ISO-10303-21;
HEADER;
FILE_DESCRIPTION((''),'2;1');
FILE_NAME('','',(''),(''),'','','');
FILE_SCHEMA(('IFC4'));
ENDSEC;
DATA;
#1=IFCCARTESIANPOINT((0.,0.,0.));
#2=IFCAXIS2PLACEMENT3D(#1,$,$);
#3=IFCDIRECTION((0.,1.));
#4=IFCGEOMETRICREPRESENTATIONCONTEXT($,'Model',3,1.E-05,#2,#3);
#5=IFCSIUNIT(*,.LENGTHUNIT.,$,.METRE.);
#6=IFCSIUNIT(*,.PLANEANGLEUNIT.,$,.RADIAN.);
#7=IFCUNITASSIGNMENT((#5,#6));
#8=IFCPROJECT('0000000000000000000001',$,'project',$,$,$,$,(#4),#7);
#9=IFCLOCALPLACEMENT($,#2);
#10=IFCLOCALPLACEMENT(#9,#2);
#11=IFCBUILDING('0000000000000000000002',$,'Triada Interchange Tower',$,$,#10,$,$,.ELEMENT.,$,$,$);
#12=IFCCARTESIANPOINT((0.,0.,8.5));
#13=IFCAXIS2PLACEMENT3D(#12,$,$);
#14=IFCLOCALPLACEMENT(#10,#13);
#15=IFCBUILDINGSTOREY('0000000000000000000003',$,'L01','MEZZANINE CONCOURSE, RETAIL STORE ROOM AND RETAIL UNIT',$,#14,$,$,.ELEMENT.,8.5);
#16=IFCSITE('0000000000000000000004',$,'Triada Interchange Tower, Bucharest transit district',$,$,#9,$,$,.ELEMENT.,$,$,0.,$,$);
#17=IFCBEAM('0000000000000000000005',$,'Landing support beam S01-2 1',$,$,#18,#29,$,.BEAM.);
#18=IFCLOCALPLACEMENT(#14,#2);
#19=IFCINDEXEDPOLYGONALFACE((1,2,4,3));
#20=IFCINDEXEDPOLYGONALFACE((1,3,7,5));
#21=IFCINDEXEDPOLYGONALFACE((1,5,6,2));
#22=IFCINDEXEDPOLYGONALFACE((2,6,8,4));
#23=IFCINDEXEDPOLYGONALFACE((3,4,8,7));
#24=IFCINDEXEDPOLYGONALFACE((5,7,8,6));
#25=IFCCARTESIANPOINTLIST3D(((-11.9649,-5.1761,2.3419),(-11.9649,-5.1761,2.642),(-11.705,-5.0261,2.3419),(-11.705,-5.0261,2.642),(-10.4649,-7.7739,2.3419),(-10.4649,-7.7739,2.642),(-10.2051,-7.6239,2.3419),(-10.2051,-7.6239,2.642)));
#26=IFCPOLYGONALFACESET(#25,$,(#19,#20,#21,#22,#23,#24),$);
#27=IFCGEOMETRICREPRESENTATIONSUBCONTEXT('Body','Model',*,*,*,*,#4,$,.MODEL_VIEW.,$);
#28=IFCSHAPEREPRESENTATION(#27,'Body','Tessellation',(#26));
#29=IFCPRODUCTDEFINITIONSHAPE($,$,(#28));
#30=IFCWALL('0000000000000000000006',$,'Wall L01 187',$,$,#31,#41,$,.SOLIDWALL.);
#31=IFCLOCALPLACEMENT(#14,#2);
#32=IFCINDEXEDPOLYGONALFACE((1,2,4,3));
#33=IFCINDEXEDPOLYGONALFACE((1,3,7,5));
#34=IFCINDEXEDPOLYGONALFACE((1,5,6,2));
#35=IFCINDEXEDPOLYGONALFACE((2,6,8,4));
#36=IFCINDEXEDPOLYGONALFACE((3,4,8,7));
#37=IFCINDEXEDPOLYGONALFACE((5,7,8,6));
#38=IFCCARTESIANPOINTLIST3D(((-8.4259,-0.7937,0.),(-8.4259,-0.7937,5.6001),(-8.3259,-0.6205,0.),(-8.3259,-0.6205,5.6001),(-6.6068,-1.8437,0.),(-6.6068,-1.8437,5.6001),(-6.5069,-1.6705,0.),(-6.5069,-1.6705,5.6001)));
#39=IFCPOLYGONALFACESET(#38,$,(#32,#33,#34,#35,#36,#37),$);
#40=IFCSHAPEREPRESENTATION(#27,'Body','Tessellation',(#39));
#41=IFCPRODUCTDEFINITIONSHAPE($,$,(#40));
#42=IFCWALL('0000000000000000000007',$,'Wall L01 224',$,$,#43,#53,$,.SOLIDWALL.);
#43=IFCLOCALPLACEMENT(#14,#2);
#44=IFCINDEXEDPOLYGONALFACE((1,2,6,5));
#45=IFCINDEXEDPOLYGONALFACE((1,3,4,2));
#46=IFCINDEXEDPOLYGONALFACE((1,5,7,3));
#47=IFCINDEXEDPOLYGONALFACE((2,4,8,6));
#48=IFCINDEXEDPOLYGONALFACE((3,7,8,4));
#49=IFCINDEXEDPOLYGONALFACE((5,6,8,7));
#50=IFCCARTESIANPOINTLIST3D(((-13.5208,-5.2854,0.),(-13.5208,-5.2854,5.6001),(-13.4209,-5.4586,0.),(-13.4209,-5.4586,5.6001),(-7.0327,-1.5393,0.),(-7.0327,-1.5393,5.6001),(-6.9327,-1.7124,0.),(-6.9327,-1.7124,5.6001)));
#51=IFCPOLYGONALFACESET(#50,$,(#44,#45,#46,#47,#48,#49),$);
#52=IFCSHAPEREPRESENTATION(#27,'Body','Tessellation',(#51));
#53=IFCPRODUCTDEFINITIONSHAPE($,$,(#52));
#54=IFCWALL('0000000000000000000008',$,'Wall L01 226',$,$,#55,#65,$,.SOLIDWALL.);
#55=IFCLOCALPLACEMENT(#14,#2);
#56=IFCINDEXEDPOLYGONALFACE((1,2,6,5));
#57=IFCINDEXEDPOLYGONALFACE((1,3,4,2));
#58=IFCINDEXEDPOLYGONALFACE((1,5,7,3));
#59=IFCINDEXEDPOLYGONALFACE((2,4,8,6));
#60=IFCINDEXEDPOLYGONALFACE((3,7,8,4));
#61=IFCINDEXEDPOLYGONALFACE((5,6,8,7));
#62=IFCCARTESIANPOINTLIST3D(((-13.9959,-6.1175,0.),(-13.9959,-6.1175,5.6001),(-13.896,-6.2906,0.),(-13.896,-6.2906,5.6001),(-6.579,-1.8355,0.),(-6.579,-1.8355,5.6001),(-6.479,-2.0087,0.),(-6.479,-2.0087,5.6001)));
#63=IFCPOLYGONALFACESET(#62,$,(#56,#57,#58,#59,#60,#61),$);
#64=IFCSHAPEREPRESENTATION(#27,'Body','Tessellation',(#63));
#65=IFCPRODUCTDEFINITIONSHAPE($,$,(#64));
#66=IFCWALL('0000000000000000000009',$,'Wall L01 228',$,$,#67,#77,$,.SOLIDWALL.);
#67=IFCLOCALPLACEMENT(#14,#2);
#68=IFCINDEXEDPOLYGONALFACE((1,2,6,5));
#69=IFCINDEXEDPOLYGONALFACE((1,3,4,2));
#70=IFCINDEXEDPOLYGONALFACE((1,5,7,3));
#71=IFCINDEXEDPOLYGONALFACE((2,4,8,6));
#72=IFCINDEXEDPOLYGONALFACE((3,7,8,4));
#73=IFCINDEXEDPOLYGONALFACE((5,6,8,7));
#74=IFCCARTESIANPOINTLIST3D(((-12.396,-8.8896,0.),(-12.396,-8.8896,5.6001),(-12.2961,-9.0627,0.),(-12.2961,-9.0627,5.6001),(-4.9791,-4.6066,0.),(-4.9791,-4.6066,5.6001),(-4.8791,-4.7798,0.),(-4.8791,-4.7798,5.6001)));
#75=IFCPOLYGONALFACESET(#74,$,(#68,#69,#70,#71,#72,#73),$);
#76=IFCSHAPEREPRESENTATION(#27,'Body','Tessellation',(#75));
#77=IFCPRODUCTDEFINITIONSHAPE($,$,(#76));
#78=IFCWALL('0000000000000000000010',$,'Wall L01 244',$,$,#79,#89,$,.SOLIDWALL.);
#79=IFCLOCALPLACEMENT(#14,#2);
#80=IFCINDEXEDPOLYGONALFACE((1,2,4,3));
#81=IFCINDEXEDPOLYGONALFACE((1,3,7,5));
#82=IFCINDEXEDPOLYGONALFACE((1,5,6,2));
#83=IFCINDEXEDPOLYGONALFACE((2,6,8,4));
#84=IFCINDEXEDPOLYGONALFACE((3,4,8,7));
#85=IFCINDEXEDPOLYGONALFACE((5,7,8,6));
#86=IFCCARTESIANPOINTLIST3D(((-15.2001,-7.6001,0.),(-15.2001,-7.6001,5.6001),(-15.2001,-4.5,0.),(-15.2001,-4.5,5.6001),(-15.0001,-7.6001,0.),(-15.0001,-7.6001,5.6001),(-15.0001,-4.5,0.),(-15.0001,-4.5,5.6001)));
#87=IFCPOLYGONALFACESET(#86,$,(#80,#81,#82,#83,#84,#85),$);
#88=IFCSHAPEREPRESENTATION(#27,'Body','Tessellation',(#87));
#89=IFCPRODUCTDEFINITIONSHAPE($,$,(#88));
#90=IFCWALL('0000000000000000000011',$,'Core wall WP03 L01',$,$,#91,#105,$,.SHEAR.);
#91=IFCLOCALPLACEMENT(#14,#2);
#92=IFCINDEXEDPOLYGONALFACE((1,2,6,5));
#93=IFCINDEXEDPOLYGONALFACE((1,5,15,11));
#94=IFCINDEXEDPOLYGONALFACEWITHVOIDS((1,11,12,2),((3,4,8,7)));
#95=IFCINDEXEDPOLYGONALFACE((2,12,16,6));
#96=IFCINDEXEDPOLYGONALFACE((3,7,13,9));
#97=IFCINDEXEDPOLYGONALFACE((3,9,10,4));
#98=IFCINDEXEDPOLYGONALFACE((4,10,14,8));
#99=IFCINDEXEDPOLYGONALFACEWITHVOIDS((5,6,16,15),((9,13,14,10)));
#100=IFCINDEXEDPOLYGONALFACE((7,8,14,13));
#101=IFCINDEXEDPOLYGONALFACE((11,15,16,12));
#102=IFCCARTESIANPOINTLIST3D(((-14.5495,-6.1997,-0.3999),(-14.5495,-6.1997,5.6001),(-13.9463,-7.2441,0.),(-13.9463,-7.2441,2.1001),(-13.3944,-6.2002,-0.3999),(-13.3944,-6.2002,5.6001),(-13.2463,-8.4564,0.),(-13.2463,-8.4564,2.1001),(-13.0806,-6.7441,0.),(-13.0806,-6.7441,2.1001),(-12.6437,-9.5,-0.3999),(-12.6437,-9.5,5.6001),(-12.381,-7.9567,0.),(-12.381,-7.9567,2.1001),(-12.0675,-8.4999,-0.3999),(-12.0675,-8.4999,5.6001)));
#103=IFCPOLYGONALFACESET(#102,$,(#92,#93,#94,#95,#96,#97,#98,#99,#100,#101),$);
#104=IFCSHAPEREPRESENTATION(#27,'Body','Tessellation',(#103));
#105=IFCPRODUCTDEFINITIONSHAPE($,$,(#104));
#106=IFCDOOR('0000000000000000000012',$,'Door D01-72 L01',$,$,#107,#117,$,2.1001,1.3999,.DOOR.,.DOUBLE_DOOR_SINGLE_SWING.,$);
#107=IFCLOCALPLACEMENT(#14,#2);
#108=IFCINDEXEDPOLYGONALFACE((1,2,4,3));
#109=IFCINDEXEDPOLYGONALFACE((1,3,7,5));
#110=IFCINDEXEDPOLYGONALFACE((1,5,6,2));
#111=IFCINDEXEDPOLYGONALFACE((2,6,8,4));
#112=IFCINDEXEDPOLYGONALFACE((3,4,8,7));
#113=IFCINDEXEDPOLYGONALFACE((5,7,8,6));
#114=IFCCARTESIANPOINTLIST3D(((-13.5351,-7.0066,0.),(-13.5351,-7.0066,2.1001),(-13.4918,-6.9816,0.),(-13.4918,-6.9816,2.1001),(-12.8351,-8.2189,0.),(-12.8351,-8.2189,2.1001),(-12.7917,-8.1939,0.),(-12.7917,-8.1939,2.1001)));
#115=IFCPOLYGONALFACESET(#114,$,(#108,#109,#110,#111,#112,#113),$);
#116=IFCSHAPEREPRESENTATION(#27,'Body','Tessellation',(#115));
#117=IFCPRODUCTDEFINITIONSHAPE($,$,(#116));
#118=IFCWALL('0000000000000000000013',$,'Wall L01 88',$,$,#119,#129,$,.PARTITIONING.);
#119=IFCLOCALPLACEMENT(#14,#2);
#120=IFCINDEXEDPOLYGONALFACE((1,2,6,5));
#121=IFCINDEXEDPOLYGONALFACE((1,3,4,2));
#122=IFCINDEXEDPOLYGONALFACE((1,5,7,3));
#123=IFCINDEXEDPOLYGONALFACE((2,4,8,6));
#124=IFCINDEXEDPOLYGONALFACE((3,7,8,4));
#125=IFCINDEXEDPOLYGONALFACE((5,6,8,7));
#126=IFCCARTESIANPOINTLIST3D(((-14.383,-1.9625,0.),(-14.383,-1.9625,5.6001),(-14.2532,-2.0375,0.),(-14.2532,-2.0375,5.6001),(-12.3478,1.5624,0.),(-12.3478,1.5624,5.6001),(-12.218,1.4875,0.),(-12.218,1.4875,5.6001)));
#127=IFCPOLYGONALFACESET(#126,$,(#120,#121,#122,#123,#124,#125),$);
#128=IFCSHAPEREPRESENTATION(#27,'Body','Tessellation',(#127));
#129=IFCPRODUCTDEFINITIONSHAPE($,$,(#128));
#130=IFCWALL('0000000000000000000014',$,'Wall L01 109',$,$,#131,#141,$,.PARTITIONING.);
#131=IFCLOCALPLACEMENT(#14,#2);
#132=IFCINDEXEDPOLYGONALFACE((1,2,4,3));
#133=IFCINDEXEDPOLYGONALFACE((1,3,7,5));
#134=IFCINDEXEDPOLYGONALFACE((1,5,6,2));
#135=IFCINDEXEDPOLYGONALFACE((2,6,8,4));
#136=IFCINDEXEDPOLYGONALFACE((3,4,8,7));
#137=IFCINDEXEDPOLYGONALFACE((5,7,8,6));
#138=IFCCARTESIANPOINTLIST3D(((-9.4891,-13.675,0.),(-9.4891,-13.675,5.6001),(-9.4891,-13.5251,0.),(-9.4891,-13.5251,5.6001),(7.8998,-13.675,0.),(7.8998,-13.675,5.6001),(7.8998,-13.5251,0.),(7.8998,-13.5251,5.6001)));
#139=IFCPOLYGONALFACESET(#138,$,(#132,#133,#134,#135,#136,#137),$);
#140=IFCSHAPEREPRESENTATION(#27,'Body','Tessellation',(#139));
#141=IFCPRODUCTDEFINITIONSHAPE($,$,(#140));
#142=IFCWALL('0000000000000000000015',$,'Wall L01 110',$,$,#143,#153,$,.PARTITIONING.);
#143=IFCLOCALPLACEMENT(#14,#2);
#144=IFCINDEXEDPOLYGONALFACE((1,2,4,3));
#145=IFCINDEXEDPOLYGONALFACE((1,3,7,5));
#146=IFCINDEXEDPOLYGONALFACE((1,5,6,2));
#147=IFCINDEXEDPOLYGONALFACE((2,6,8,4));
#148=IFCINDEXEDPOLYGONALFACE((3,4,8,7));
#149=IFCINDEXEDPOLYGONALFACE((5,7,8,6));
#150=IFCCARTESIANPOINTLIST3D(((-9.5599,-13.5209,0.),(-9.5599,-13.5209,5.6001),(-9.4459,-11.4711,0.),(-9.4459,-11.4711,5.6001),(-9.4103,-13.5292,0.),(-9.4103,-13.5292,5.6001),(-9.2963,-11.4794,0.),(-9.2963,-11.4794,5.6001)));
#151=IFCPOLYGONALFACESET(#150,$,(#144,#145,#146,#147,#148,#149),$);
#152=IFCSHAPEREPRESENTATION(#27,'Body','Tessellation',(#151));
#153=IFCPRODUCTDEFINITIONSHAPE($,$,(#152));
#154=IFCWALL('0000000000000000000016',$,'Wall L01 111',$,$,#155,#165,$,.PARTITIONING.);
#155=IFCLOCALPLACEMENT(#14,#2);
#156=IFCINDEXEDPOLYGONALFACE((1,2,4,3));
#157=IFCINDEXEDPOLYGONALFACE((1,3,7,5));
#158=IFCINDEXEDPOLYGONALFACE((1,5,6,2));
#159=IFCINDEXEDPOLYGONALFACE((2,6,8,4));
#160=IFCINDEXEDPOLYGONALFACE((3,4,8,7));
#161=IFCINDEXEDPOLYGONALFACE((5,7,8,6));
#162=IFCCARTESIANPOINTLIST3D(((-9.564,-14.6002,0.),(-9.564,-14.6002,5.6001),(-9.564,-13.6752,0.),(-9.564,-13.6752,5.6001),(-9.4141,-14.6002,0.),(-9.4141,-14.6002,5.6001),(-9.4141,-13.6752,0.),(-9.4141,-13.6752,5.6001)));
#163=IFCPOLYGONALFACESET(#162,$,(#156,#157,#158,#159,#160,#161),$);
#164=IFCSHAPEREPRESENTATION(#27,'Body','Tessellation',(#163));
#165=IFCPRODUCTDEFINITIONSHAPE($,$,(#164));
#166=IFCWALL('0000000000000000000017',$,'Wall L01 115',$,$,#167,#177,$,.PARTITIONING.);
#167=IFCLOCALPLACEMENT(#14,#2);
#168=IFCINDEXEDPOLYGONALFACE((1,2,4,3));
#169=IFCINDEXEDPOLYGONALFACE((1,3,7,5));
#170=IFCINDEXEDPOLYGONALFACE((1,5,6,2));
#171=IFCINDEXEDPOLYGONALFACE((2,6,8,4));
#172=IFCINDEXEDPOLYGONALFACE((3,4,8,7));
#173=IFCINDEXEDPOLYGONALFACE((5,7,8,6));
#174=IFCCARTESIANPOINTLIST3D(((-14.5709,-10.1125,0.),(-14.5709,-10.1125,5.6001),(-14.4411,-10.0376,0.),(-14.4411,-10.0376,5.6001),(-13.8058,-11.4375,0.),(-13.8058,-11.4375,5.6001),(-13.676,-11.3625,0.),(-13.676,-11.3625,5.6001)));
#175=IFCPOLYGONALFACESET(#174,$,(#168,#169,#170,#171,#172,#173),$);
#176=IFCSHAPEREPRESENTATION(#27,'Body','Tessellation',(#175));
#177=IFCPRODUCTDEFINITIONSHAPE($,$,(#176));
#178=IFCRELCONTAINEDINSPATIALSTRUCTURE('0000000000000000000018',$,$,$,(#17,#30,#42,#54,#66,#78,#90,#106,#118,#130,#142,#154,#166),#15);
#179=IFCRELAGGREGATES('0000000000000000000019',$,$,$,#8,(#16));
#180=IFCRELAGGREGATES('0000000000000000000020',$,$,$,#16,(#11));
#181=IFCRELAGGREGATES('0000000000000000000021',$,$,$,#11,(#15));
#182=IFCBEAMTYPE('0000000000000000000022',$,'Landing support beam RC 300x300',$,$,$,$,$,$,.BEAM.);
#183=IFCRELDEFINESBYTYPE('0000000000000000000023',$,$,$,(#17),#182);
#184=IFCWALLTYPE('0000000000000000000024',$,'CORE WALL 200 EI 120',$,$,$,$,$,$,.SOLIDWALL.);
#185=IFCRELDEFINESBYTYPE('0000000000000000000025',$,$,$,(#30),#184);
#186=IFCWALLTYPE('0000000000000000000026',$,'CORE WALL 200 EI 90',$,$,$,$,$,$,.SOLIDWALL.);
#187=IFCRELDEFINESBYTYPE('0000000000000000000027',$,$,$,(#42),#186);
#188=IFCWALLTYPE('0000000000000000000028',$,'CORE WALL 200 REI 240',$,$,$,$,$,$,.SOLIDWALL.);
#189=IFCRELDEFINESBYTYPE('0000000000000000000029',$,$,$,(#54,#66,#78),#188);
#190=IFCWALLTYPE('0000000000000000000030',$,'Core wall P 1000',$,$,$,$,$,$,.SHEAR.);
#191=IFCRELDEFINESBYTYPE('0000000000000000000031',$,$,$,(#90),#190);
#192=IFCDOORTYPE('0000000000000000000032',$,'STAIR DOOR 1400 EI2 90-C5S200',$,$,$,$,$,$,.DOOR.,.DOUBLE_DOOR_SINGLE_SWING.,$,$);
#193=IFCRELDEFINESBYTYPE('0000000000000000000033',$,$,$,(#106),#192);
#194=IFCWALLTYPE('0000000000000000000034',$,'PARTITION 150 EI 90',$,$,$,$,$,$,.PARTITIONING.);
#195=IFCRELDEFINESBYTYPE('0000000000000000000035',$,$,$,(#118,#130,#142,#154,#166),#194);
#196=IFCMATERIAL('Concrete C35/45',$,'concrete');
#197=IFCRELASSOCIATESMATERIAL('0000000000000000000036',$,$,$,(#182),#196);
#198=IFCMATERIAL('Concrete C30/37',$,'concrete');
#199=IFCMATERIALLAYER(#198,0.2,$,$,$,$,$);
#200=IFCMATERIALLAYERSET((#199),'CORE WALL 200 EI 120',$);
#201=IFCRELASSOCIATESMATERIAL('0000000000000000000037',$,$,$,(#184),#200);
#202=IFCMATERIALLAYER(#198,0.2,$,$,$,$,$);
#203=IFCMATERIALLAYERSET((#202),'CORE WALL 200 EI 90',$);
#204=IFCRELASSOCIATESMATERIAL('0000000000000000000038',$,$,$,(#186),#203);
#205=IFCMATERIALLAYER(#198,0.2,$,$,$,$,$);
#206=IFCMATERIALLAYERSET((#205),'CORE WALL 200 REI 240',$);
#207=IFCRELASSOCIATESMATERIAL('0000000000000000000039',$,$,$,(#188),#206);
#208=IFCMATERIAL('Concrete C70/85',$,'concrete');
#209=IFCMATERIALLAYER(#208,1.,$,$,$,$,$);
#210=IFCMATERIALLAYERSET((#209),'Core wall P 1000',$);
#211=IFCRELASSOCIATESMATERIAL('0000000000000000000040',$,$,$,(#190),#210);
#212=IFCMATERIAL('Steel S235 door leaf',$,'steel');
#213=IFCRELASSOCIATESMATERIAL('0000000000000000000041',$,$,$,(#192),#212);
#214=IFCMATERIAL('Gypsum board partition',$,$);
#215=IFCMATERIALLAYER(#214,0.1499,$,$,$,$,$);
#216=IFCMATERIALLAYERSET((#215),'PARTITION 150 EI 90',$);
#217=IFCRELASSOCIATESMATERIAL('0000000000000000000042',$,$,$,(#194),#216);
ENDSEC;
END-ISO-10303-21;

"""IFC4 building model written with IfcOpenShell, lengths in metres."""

from ifc_helpers import new_model, si_unit, direction, frame, frame_2d, origin, origin_2d, place, context, subcontext, project, spatial, polyline, rectangle, outline, extrude, material, layer, layer_set, material_profile, profile_set, type_object, element, fill, save


model = new_model("IFC4")

# Units and contexts
model_context = context("Model", 3, precision=1e-05, world=origin(), true_north=direction((0.0, 1.0)))
body_context = subcontext(model_context, "Body", "Model", "MODEL_VIEW")
ifc_project = project(units=[si_unit("LENGTHUNIT", "METRE"), si_unit("PLANEANGLEUNIT", "RADIAN")], contexts=[model_context])

# Site, building, storey
site_placement = place(None, origin())
site = spatial("IfcSite", under=ifc_project, at=site_placement, Name="Triada Interchange Tower, Bucharest transit district", CompositionType="ELEMENT", RefElevation=0.0)
building_placement = place(site_placement, origin())
building = spatial("IfcBuilding", under=site, at=building_placement, Name="Triada Interchange Tower", CompositionType="ELEMENT")
storey_placement = place(building_placement, frame((0.0, 0.0, 8.5)))
storey = spatial("IfcBuildingStorey", under=building, at=storey_placement, Name="L01", Description="MEZZANINE CONCOURSE, RETAIL STORE ROOM AND RETAIL UNIT", CompositionType="ELEMENT", Elevation=8.5)

# Beam
ifc_material_1 = material(Name="Concrete C35/45", Category="concrete")
ifc_material_profile_1 = material_profile(ifc_material_1, rectangle(XDim=0.3, YDim=0.3, at=origin_2d()), Name="RC 300x300")
ifc_profile_set_1 = profile_set([ifc_material_profile_1], Name="Concrete C35/45")
beam_type_1 = type_object("IfcBeamType", Name="Landing support beam RC 300x300", PredefinedType="BEAM", material=ifc_profile_set_1)
beam_1_placement = place(storey_placement, frame((-11.835, -5.1011, 2.4919), z_axis=(0.500025, -0.866011, 0.0), x_axis=(0.866011, 0.500025, 0.0)))
element("IfcBeam", 1, at=beam_1_placement, inside=storey, type_object=beam_type_1, Name="Landing support beam S01-2 1", PredefinedType="BEAM", context=body_context, shape_type="SweptSolid", body=[
    extrude(rectangle(XDim=0.3, YDim=0.3, at=origin_2d()), origin(), (0.0, 0.0, 1.0), 2.9998),
])

# Walls
ifc_material_2 = material(Name="Concrete C30/37", Category="concrete")
ifc_layer_1 = layer(ifc_material_2, 0.2)
ifc_layer_set_1 = layer_set([ifc_layer_1], Name="CORE WALL 200 EI 120")
wall_type_1 = type_object("IfcWallType", Name="CORE WALL 200 EI 120", PredefinedType="SOLIDWALL", material=ifc_layer_set_1)
wall_1_placement = place(storey_placement, frame((-8.376, -0.707, 0.0), z_axis=(0.0, 0.0, 1.0), x_axis=(0.866068, -0.499927, 0.0)))
element("IfcWall", 2, at=wall_1_placement, inside=storey, type_object=wall_type_1, Name="Wall L01 187", PredefinedType="SOLIDWALL", context=body_context, shape_type="SweptSolid", body=[
    extrude(rectangle(XDim=2.1003, YDim=0.2, at=frame_2d((1.0503, 0.0))), origin(), (0.0, 0.0, 1.0), 5.6001),
])
ifc_layer_2 = layer(ifc_material_2, 0.2)
ifc_layer_set_2 = layer_set([ifc_layer_2], Name="CORE WALL 200 EI 90")
wall_type_2 = type_object("IfcWallType", Name="CORE WALL 200 EI 90", PredefinedType="SOLIDWALL", material=ifc_layer_set_2)
wall_2_placement = place(storey_placement, frame((-13.4709, -5.3721, 0.0), z_axis=(0.0, 0.0, 1.0), x_axis=(0.866012, 0.500022, 0.0)))
element("IfcWall", 3, at=wall_2_placement, inside=storey, type_object=wall_type_2, Name="Wall L01 224", PredefinedType="SOLIDWALL", context=body_context, shape_type="SweptSolid", body=[
    extrude(rectangle(XDim=7.4919, YDim=0.2, at=frame_2d((3.7461, 0.0))), origin(), (0.0, 0.0, 1.0), 5.6001),
])
ifc_layer_3 = layer(ifc_material_2, 0.2)
ifc_layer_set_3 = layer_set([ifc_layer_3], Name="CORE WALL 200 REI 240")
wall_type_3 = type_object("IfcWallType", Name="CORE WALL 200 REI 240", PredefinedType="SOLIDWALL", material=ifc_layer_set_3)
wall_3_placement = place(storey_placement, frame((-13.946, -6.2041, 0.0), z_axis=(0.0, 0.0, 1.0), x_axis=(0.866037, 0.499981, 0.0)))
element("IfcWall", 4, at=wall_3_placement, inside=storey, type_object=wall_type_3, Name="Wall L01 226", PredefinedType="SOLIDWALL", context=body_context, shape_type="SweptSolid", body=[
    extrude(rectangle(XDim=8.5642, YDim=0.2, at=frame_2d((4.2822, 0.0))), origin(), (0.0, 0.0, 1.0), 5.6001),
])
wall_4_placement = place(storey_placement, frame((-12.3459, -8.9761, 0.0), z_axis=(0.0, 0.0, 1.0), x_axis=(0.865987, 0.500066, 0.0)))
element("IfcWall", 5, at=wall_4_placement, inside=storey, type_object=wall_type_3, Name="Wall L01 228", PredefinedType="SOLIDWALL", context=body_context, shape_type="SweptSolid", body=[
    extrude(rectangle(XDim=8.5647, YDim=0.2, at=frame_2d((4.2822, 0.0))), origin(), (0.0, 0.0, 1.0), 5.6001),
])
wall_5_placement = place(storey_placement, frame((-15.1001, -7.6001, 0.0), z_axis=(0.0, 0.0, 1.0), x_axis=(0.0, 1.0, 0.0)))
element("IfcWall", 6, at=wall_5_placement, inside=storey, type_object=wall_type_3, Name="Wall L01 244", PredefinedType="SOLIDWALL", context=body_context, shape_type="SweptSolid", body=[
    extrude(rectangle(XDim=3.1001, YDim=0.2, at=frame_2d((1.55, 0.0))), origin(), (0.0, 0.0, 1.0), 5.6001),
])

# Wall, opening, door
ifc_material_3 = material(Name="Concrete C70/85", Category="concrete")
ifc_layer_4 = layer(ifc_material_3, 1.0)
ifc_layer_set_4 = layer_set([ifc_layer_4], Name="Core wall P 1000")
wall_type_4 = type_object("IfcWallType", Name="Core wall P 1000", PredefinedType="SHEAR", material=ifc_layer_set_4)
wall_6_placement = place(storey_placement, frame((-13.9719, -6.2, -0.3999), z_axis=(0.0, 0.0, 1.0), x_axis=(0.500078, -0.865981, 0.0)))
wall_6 = element("IfcWall", 7, at=wall_6_placement, inside=storey, type_object=wall_type_4, Name="Core wall WP03 L01", PredefinedType="SHEAR", context=body_context, shape_type="SweptSolid", body=[
    extrude(outline(polyline([(-0.2891, -0.5), (1.6165, -0.5), (3.522, -0.5), (2.9441, 0.499), (1.6167, 0.4995), (0.2891, 0.5), (-0.2891, -0.5)])), origin(), (0.0, 0.0, 1.0), 6.0),
])
opening_1_placement = place(wall_6_placement, frame((0.917, 0.0, 0.3999)))
opening_1 = element("IfcOpeningElement", 8, at=opening_1_placement, cuts=wall_6, PredefinedType="OPENING", context=body_context, shape_type="SweptSolid", body=[
    extrude(rectangle(XDim=1.3999, YDim=2.1001, at=frame_2d((0.7, 1.05))), frame((0.0, 0.51, 0.0), z_axis=(0.0, -1.0, 0.0), x_axis=(1.0, 0.0, 0.0)), (0.0, 0.0, 1.0), 1.02),
])
ifc_material_4 = material(Name="Steel S235 door leaf", Category="steel")
door_type_1 = type_object("IfcDoorType", Name="STAIR DOOR 1400 EI2 90-C5S200", OperationType="DOUBLE_DOOR_SINGLE_SWING", PredefinedType="DOOR", material=ifc_material_4)
door_1_placement = place(opening_1_placement, origin())
door_1 = element("IfcDoor", 9, at=door_1_placement, inside=storey, type_object=door_type_1, Name="Door D01-72 L01", OperationType="DOUBLE_DOOR_SINGLE_SWING", OverallHeight=2.1001, OverallWidth=1.3999, PredefinedType="DOOR", context=body_context, shape_type="SweptSolid", body=[
    extrude(rectangle(XDim=1.3999, YDim=2.1001, at=frame_2d((0.7, 1.05))), frame((0.0, 0.0249, 0.0), z_axis=(0.0, -1.0, 0.0), x_axis=(1.0, 0.0, 0.0)), (0.0, 0.0, 1.0), 0.05),
])
fill(opening_1, door_1)

# Walls
ifc_material_5 = material(Name="Gypsum board partition")
ifc_layer_5 = layer(ifc_material_5, 0.1499)
ifc_layer_set_5 = layer_set([ifc_layer_5], Name="PARTITION 150 EI 90")
wall_type_5 = type_object("IfcWallType", Name="PARTITION 150 EI 90", PredefinedType="PARTITIONING", material=ifc_layer_set_5)
wall_7_placement = place(storey_placement, frame((-14.3181, -2.0, 0.0), z_axis=(0.0, 0.0, 1.0), x_axis=(0.50001, 0.86602, 0.0)))
element("IfcWall", 10, at=wall_7_placement, inside=storey, type_object=wall_type_5, Name="Wall L01 88", PredefinedType="PARTITIONING", context=body_context, shape_type="SweptSolid", body=[
    extrude(rectangle(XDim=4.0703, YDim=0.1499, at=frame_2d((2.0352, 0.0))), origin(), (0.0, 0.0, 1.0), 5.6001),
])
wall_8_placement = place(storey_placement, frame((-9.489, -13.6001, 0.0), z_axis=(0.0, 0.0, 1.0), x_axis=(1.0, 0.0, 0.0)))
element("IfcWall", 11, at=wall_8_placement, inside=storey, type_object=wall_type_5, Name="Wall L01 109", PredefinedType="PARTITIONING", context=body_context, shape_type="SweptSolid", body=[
    extrude(rectangle(XDim=17.3889, YDim=0.1499, at=frame_2d((8.6943, 0.0))), origin(), (0.0, 0.0, 1.0), 5.6001),
])
wall_9_placement = place(storey_placement, frame((-9.4851, -13.5249, 0.0), z_axis=(0.0, 0.0, 1.0), x_axis=(0.055536, 0.998457, 0.0)))
element("IfcWall", 12, at=wall_9_placement, inside=storey, type_object=wall_type_5, Name="Wall L01 110", PredefinedType="PARTITIONING", context=body_context, shape_type="SweptSolid", body=[
    extrude(rectangle(XDim=2.053, YDim=0.1499, at=frame_2d((1.0264, 0.0))), origin(), (0.0, 0.0, 1.0), 5.6001),
])
wall_10_placement = place(storey_placement, frame((-9.489, -14.6001, 0.0), z_axis=(0.0, 0.0, 1.0), x_axis=(0.0, 1.0, 0.0)))
element("IfcWall", 13, at=wall_10_placement, inside=storey, type_object=wall_type_5, Name="Wall L01 111", PredefinedType="PARTITIONING", context=body_context, shape_type="SweptSolid", body=[
    extrude(rectangle(XDim=0.925, YDim=0.1499, at=frame_2d((0.4624, 0.0))), origin(), (0.0, 0.0, 1.0), 5.6001),
])
wall_11_placement = place(storey_placement, frame((-14.5061, -10.075, 0.0), z_axis=(0.0, 0.0, 1.0), x_axis=(0.500086, -0.865976, 0.0)))
element("IfcWall", 14, at=wall_11_placement, inside=storey, type_object=wall_type_5, Name="Wall L01 115", PredefinedType="PARTITIONING", context=body_context, shape_type="SweptSolid", body=[
    extrude(rectangle(XDim=1.53, YDim=0.1499, at=frame_2d((0.7651, 0.0))), origin(), (0.0, 0.0, 1.0), 5.6001),
])

save(model, "model.ifc")
